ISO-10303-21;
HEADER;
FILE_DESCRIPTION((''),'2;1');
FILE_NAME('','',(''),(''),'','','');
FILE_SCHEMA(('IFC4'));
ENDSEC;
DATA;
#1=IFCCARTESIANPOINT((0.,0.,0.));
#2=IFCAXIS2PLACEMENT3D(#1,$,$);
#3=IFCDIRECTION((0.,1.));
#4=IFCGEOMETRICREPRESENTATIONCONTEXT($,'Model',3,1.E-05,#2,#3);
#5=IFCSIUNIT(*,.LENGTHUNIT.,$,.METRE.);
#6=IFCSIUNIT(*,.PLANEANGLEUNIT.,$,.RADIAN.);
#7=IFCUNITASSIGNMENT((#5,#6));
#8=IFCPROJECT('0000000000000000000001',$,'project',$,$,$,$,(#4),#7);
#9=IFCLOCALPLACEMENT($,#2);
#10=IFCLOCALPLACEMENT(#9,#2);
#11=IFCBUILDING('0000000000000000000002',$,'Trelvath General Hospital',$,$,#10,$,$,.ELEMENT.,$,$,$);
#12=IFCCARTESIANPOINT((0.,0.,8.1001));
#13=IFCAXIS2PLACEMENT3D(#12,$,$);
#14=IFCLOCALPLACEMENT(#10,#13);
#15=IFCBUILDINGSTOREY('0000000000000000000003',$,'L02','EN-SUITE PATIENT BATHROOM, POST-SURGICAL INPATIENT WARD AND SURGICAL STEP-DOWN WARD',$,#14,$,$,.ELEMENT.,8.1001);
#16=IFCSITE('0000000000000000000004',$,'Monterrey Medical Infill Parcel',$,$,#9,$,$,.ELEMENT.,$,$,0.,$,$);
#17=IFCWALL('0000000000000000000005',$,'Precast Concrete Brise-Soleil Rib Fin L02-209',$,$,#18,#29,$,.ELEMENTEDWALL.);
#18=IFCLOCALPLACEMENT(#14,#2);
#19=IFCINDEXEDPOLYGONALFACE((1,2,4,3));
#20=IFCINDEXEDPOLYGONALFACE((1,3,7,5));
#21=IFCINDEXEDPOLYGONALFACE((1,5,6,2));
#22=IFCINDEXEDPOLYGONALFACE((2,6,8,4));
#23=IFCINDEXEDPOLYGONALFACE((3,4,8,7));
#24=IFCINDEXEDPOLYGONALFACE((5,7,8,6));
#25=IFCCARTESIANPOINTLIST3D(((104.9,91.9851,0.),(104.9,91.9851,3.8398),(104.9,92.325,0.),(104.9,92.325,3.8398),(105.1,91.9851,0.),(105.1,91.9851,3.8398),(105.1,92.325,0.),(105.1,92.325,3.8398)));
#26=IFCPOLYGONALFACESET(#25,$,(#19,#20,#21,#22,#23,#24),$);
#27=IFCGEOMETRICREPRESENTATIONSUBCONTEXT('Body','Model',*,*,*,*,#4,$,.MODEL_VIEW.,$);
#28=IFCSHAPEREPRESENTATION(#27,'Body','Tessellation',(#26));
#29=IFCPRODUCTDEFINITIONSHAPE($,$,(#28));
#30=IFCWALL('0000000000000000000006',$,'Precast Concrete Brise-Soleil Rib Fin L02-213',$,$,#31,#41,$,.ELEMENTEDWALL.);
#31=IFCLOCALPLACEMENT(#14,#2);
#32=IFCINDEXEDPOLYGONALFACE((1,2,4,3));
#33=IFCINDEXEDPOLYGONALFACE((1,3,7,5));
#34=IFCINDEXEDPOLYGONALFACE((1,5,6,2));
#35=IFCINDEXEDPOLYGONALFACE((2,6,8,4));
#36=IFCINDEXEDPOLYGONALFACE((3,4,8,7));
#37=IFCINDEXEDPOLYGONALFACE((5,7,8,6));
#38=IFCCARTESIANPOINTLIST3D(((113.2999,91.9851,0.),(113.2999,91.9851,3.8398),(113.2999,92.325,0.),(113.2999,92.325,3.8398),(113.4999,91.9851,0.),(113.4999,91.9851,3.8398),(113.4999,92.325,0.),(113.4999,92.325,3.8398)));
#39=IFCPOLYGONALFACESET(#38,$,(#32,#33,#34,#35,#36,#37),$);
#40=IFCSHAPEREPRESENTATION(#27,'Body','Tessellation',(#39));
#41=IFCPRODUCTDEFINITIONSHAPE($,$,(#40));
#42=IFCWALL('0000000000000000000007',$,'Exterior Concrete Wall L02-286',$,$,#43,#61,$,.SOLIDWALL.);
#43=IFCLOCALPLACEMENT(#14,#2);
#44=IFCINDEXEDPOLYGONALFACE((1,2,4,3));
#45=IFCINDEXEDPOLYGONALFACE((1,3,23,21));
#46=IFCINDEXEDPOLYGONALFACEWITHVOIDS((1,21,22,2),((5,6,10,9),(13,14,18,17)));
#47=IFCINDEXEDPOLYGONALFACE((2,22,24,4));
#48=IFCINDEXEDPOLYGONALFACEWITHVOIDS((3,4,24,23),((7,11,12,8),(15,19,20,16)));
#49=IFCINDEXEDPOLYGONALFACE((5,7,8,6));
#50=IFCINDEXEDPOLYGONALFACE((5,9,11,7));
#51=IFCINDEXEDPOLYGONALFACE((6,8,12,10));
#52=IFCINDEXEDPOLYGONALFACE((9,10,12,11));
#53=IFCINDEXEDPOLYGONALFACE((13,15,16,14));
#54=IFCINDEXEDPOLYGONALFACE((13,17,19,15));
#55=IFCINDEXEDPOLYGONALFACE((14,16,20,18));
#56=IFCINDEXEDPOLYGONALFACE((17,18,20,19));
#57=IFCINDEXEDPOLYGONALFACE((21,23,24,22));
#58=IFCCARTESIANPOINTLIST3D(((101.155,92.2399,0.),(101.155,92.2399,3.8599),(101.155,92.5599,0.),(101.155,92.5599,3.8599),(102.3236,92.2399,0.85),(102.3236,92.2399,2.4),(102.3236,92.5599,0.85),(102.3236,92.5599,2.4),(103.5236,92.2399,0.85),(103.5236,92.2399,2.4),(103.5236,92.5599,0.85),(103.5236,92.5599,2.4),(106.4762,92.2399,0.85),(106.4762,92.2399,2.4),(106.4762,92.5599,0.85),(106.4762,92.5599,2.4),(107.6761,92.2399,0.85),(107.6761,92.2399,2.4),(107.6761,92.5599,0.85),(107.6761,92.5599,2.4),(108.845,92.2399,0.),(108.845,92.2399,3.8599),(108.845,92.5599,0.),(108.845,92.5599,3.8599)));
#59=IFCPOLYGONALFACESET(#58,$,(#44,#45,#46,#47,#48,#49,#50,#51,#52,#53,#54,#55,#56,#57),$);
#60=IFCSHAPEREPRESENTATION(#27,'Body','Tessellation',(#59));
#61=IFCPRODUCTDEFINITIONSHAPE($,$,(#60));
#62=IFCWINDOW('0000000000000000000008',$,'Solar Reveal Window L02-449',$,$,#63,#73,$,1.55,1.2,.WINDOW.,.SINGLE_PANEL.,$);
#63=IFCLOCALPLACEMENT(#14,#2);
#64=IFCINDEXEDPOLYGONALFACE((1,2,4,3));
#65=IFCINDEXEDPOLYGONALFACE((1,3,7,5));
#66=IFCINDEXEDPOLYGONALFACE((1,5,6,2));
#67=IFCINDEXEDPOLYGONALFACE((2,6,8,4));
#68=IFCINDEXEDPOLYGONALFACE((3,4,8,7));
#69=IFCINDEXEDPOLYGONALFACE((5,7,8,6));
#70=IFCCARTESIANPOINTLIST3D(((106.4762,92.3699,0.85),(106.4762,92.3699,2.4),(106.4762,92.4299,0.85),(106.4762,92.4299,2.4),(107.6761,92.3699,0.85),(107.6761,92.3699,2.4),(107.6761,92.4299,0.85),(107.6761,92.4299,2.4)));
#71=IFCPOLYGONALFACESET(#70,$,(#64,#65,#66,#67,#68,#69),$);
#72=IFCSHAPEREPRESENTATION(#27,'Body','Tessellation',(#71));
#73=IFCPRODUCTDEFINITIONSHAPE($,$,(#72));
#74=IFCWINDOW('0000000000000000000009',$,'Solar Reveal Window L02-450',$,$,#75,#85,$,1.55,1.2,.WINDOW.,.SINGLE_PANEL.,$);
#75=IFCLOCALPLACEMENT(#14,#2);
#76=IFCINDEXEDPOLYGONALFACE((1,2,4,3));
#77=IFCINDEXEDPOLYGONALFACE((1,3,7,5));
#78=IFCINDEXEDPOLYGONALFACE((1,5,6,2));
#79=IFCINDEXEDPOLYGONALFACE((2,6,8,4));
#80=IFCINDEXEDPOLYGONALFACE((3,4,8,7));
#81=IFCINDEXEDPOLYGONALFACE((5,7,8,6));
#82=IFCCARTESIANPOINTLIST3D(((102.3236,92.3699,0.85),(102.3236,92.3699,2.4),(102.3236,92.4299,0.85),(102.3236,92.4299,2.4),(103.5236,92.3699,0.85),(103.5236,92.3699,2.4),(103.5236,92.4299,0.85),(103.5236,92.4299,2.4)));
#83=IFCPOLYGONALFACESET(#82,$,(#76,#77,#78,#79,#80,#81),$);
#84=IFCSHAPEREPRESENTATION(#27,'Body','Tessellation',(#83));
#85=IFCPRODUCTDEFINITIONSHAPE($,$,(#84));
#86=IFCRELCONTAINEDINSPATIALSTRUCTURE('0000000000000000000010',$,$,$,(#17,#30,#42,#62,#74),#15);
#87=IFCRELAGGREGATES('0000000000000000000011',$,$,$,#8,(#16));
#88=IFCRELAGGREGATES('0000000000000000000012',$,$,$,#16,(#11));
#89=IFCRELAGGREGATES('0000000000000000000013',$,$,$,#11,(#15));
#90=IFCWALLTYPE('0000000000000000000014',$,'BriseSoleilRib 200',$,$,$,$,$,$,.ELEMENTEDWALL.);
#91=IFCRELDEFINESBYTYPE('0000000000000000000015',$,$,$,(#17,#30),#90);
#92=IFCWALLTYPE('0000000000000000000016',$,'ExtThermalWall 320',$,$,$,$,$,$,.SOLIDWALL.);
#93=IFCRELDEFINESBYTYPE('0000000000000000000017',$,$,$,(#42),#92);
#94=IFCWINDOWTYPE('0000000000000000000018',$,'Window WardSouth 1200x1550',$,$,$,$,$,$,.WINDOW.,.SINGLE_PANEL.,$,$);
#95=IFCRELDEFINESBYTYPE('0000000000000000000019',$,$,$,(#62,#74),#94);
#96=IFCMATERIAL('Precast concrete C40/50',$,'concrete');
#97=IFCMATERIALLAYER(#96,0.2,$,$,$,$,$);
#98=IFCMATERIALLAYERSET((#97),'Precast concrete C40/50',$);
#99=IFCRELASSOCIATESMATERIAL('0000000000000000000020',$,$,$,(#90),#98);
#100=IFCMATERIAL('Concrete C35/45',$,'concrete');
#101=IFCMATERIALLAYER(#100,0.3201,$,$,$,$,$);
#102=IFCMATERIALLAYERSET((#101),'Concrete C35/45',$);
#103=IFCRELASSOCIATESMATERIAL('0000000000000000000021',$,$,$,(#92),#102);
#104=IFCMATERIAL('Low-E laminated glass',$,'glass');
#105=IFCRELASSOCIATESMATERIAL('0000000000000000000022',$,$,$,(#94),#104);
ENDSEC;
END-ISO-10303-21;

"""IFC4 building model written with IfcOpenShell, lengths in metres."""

from ifc_helpers import new_model, si_unit, direction, frame, frame_2d, origin, place, context, subcontext, project, spatial, rectangle, extrude, material, layer, layer_set, type_object, element, fill, save


model = new_model("IFC4")

# Units and contexts
model_context = context("Model", 3, precision=1e-05, world=origin(), true_north=direction((0.0, 1.0)))
body_context = subcontext(model_context, "Body", "Model", "MODEL_VIEW")
ifc_project = project(units=[si_unit("LENGTHUNIT", "METRE"), si_unit("PLANEANGLEUNIT", "RADIAN")], contexts=[model_context])

# Site, building, storey
site_placement = place(None, origin())
site = spatial("IfcSite", under=ifc_project, at=site_placement, Name="Monterrey Medical Infill Parcel", CompositionType="ELEMENT", RefElevation=0.0)
building_placement = place(site_placement, origin())
building = spatial("IfcBuilding", under=site, at=building_placement, Name="Trelvath General Hospital", CompositionType="ELEMENT")
storey_placement = place(building_placement, frame((0.0, 0.0, 8.1001)))
storey = spatial("IfcBuildingStorey", under=building, at=storey_placement, Name="L02", Description="EN-SUITE PATIENT BATHROOM, POST-SURGICAL INPATIENT WARD AND SURGICAL STEP-DOWN WARD", CompositionType="ELEMENT", Elevation=8.1001)

# Walls
ifc_material_1 = material(Name="Precast concrete C40/50", Category="concrete")
ifc_layer_1 = layer(ifc_material_1, 0.2)
ifc_layer_set_1 = layer_set([ifc_layer_1], Name="Precast concrete C40/50")
wall_type_1 = type_object("IfcWallType", Name="BriseSoleilRib 200", PredefinedType="ELEMENTEDWALL", material=ifc_layer_set_1)
for number, where, z_axis, x_axis, name in (
    (1, (105.0, 92.325, 0.0), (0.0, 0.0, 1.0), (0.0, -1.0, 0.0), "Precast Concrete Brise-Soleil Rib Fin L02-209"),
    (2, (113.3999, 92.325, 0.0), (0.0, 0.0, 1.0), (0.0, -1.0, 0.0), "Precast Concrete Brise-Soleil Rib Fin L02-213"),
):
    element("IfcWall", number, at=place(storey_placement, frame(where, z_axis=z_axis, x_axis=x_axis)), inside=storey, type_object=wall_type_1, Name=name, PredefinedType="ELEMENTEDWALL", context=body_context, shape_type="SweptSolid", body=[
        extrude(rectangle(XDim=0.3398, YDim=0.2, at=frame_2d((0.1699, 0.0))), origin(), (0.0, 0.0, 1.0), 3.8398),
    ])

# Wall, openings, windows
ifc_material_2 = material(Name="Concrete C35/45", Category="concrete")
ifc_layer_2 = layer(ifc_material_2, 0.3201)
ifc_layer_set_2 = layer_set([ifc_layer_2], Name="Concrete C35/45")
wall_type_2 = type_object("IfcWallType", Name="ExtThermalWall 320", PredefinedType="SOLIDWALL", material=ifc_layer_set_2)
wall_placement = place(storey_placement, frame((108.845, 92.3999, 0.0), z_axis=(0.0, 0.0, 1.0), x_axis=(-1.0, 0.0, 0.0)))
wall = element("IfcWall", 3, at=wall_placement, inside=storey, type_object=wall_type_2, Name="Exterior Concrete Wall L02-286", PredefinedType="SOLIDWALL", context=body_context, shape_type="SweptSolid", body=[
    extrude(rectangle(XDim=7.6899, YDim=0.3201, at=frame_2d((3.845, 0.0))), origin(), (0.0, 0.0, 1.0), 3.8599),
])
opening_1_placement = place(wall_placement, frame((1.1687, 0.0, 0.8501)))
opening_1 = element("IfcOpeningElement", 4, at=opening_1_placement, cuts=wall, PredefinedType="OPENING", context=body_context, shape_type="SweptSolid", body=[
    extrude(rectangle(XDim=1.2, YDim=1.55, at=frame_2d((0.6001, 0.7749))), frame((0.0, 0.1699, 0.0), z_axis=(0.0, -1.0, 0.0), x_axis=(1.0, 0.0, 0.0)), (0.0, 0.0, 1.0), 0.3401),
])
opening_2_placement = place(wall_placement, frame((5.3213, 0.0, 0.8501)))
opening_2 = element("IfcOpeningElement", 5, at=opening_2_placement, cuts=wall, PredefinedType="OPENING", context=body_context, shape_type="SweptSolid", body=[
    extrude(rectangle(XDim=1.2, YDim=1.55, at=frame_2d((0.6001, 0.7749))), frame((0.0, 0.1699, 0.0), z_axis=(0.0, -1.0, 0.0), x_axis=(1.0, 0.0, 0.0)), (0.0, 0.0, 1.0), 0.3401),
])
ifc_material_3 = material(Name="Low-E laminated glass", Category="glass")
window_type = type_object("IfcWindowType", Name="Window WardSouth 1200x1550", PartitioningType="SINGLE_PANEL", PredefinedType="WINDOW", material=ifc_material_3)
window_1_placement = place(opening_1_placement, origin())
window_1 = element("IfcWindow", 6, at=window_1_placement, inside=storey, type_object=window_type, Name="Solar Reveal Window L02-449", OverallHeight=1.55, OverallWidth=1.2, PartitioningType="SINGLE_PANEL", PredefinedType="WINDOW", context=body_context, shape_type="SweptSolid", body=[
    extrude(rectangle(XDim=1.2, YDim=1.55, at=frame_2d((0.6001, 0.7749))), frame((0.0, 0.03, 0.0), z_axis=(0.0, -1.0, 0.0), x_axis=(1.0, 0.0, 0.0)), (0.0, 0.0, 1.0), 0.0601),
])
fill(opening_1, window_1)
window_2_placement = place(opening_2_placement, origin())
window_2 = element("IfcWindow", 7, at=window_2_placement, inside=storey, type_object=window_type, Name="Solar Reveal Window L02-450", OverallHeight=1.55, OverallWidth=1.2, PartitioningType="SINGLE_PANEL", PredefinedType="WINDOW", context=body_context, shape_type="SweptSolid", body=[
    extrude(rectangle(XDim=1.2, YDim=1.55, at=frame_2d((0.6001, 0.7749))), frame((0.0, 0.03, 0.0), z_axis=(0.0, -1.0, 0.0), x_axis=(1.0, 0.0, 0.0)), (0.0, 0.0, 1.0), 0.0601),
])
fill(opening_2, window_2)

save(model, "model.ifc")
